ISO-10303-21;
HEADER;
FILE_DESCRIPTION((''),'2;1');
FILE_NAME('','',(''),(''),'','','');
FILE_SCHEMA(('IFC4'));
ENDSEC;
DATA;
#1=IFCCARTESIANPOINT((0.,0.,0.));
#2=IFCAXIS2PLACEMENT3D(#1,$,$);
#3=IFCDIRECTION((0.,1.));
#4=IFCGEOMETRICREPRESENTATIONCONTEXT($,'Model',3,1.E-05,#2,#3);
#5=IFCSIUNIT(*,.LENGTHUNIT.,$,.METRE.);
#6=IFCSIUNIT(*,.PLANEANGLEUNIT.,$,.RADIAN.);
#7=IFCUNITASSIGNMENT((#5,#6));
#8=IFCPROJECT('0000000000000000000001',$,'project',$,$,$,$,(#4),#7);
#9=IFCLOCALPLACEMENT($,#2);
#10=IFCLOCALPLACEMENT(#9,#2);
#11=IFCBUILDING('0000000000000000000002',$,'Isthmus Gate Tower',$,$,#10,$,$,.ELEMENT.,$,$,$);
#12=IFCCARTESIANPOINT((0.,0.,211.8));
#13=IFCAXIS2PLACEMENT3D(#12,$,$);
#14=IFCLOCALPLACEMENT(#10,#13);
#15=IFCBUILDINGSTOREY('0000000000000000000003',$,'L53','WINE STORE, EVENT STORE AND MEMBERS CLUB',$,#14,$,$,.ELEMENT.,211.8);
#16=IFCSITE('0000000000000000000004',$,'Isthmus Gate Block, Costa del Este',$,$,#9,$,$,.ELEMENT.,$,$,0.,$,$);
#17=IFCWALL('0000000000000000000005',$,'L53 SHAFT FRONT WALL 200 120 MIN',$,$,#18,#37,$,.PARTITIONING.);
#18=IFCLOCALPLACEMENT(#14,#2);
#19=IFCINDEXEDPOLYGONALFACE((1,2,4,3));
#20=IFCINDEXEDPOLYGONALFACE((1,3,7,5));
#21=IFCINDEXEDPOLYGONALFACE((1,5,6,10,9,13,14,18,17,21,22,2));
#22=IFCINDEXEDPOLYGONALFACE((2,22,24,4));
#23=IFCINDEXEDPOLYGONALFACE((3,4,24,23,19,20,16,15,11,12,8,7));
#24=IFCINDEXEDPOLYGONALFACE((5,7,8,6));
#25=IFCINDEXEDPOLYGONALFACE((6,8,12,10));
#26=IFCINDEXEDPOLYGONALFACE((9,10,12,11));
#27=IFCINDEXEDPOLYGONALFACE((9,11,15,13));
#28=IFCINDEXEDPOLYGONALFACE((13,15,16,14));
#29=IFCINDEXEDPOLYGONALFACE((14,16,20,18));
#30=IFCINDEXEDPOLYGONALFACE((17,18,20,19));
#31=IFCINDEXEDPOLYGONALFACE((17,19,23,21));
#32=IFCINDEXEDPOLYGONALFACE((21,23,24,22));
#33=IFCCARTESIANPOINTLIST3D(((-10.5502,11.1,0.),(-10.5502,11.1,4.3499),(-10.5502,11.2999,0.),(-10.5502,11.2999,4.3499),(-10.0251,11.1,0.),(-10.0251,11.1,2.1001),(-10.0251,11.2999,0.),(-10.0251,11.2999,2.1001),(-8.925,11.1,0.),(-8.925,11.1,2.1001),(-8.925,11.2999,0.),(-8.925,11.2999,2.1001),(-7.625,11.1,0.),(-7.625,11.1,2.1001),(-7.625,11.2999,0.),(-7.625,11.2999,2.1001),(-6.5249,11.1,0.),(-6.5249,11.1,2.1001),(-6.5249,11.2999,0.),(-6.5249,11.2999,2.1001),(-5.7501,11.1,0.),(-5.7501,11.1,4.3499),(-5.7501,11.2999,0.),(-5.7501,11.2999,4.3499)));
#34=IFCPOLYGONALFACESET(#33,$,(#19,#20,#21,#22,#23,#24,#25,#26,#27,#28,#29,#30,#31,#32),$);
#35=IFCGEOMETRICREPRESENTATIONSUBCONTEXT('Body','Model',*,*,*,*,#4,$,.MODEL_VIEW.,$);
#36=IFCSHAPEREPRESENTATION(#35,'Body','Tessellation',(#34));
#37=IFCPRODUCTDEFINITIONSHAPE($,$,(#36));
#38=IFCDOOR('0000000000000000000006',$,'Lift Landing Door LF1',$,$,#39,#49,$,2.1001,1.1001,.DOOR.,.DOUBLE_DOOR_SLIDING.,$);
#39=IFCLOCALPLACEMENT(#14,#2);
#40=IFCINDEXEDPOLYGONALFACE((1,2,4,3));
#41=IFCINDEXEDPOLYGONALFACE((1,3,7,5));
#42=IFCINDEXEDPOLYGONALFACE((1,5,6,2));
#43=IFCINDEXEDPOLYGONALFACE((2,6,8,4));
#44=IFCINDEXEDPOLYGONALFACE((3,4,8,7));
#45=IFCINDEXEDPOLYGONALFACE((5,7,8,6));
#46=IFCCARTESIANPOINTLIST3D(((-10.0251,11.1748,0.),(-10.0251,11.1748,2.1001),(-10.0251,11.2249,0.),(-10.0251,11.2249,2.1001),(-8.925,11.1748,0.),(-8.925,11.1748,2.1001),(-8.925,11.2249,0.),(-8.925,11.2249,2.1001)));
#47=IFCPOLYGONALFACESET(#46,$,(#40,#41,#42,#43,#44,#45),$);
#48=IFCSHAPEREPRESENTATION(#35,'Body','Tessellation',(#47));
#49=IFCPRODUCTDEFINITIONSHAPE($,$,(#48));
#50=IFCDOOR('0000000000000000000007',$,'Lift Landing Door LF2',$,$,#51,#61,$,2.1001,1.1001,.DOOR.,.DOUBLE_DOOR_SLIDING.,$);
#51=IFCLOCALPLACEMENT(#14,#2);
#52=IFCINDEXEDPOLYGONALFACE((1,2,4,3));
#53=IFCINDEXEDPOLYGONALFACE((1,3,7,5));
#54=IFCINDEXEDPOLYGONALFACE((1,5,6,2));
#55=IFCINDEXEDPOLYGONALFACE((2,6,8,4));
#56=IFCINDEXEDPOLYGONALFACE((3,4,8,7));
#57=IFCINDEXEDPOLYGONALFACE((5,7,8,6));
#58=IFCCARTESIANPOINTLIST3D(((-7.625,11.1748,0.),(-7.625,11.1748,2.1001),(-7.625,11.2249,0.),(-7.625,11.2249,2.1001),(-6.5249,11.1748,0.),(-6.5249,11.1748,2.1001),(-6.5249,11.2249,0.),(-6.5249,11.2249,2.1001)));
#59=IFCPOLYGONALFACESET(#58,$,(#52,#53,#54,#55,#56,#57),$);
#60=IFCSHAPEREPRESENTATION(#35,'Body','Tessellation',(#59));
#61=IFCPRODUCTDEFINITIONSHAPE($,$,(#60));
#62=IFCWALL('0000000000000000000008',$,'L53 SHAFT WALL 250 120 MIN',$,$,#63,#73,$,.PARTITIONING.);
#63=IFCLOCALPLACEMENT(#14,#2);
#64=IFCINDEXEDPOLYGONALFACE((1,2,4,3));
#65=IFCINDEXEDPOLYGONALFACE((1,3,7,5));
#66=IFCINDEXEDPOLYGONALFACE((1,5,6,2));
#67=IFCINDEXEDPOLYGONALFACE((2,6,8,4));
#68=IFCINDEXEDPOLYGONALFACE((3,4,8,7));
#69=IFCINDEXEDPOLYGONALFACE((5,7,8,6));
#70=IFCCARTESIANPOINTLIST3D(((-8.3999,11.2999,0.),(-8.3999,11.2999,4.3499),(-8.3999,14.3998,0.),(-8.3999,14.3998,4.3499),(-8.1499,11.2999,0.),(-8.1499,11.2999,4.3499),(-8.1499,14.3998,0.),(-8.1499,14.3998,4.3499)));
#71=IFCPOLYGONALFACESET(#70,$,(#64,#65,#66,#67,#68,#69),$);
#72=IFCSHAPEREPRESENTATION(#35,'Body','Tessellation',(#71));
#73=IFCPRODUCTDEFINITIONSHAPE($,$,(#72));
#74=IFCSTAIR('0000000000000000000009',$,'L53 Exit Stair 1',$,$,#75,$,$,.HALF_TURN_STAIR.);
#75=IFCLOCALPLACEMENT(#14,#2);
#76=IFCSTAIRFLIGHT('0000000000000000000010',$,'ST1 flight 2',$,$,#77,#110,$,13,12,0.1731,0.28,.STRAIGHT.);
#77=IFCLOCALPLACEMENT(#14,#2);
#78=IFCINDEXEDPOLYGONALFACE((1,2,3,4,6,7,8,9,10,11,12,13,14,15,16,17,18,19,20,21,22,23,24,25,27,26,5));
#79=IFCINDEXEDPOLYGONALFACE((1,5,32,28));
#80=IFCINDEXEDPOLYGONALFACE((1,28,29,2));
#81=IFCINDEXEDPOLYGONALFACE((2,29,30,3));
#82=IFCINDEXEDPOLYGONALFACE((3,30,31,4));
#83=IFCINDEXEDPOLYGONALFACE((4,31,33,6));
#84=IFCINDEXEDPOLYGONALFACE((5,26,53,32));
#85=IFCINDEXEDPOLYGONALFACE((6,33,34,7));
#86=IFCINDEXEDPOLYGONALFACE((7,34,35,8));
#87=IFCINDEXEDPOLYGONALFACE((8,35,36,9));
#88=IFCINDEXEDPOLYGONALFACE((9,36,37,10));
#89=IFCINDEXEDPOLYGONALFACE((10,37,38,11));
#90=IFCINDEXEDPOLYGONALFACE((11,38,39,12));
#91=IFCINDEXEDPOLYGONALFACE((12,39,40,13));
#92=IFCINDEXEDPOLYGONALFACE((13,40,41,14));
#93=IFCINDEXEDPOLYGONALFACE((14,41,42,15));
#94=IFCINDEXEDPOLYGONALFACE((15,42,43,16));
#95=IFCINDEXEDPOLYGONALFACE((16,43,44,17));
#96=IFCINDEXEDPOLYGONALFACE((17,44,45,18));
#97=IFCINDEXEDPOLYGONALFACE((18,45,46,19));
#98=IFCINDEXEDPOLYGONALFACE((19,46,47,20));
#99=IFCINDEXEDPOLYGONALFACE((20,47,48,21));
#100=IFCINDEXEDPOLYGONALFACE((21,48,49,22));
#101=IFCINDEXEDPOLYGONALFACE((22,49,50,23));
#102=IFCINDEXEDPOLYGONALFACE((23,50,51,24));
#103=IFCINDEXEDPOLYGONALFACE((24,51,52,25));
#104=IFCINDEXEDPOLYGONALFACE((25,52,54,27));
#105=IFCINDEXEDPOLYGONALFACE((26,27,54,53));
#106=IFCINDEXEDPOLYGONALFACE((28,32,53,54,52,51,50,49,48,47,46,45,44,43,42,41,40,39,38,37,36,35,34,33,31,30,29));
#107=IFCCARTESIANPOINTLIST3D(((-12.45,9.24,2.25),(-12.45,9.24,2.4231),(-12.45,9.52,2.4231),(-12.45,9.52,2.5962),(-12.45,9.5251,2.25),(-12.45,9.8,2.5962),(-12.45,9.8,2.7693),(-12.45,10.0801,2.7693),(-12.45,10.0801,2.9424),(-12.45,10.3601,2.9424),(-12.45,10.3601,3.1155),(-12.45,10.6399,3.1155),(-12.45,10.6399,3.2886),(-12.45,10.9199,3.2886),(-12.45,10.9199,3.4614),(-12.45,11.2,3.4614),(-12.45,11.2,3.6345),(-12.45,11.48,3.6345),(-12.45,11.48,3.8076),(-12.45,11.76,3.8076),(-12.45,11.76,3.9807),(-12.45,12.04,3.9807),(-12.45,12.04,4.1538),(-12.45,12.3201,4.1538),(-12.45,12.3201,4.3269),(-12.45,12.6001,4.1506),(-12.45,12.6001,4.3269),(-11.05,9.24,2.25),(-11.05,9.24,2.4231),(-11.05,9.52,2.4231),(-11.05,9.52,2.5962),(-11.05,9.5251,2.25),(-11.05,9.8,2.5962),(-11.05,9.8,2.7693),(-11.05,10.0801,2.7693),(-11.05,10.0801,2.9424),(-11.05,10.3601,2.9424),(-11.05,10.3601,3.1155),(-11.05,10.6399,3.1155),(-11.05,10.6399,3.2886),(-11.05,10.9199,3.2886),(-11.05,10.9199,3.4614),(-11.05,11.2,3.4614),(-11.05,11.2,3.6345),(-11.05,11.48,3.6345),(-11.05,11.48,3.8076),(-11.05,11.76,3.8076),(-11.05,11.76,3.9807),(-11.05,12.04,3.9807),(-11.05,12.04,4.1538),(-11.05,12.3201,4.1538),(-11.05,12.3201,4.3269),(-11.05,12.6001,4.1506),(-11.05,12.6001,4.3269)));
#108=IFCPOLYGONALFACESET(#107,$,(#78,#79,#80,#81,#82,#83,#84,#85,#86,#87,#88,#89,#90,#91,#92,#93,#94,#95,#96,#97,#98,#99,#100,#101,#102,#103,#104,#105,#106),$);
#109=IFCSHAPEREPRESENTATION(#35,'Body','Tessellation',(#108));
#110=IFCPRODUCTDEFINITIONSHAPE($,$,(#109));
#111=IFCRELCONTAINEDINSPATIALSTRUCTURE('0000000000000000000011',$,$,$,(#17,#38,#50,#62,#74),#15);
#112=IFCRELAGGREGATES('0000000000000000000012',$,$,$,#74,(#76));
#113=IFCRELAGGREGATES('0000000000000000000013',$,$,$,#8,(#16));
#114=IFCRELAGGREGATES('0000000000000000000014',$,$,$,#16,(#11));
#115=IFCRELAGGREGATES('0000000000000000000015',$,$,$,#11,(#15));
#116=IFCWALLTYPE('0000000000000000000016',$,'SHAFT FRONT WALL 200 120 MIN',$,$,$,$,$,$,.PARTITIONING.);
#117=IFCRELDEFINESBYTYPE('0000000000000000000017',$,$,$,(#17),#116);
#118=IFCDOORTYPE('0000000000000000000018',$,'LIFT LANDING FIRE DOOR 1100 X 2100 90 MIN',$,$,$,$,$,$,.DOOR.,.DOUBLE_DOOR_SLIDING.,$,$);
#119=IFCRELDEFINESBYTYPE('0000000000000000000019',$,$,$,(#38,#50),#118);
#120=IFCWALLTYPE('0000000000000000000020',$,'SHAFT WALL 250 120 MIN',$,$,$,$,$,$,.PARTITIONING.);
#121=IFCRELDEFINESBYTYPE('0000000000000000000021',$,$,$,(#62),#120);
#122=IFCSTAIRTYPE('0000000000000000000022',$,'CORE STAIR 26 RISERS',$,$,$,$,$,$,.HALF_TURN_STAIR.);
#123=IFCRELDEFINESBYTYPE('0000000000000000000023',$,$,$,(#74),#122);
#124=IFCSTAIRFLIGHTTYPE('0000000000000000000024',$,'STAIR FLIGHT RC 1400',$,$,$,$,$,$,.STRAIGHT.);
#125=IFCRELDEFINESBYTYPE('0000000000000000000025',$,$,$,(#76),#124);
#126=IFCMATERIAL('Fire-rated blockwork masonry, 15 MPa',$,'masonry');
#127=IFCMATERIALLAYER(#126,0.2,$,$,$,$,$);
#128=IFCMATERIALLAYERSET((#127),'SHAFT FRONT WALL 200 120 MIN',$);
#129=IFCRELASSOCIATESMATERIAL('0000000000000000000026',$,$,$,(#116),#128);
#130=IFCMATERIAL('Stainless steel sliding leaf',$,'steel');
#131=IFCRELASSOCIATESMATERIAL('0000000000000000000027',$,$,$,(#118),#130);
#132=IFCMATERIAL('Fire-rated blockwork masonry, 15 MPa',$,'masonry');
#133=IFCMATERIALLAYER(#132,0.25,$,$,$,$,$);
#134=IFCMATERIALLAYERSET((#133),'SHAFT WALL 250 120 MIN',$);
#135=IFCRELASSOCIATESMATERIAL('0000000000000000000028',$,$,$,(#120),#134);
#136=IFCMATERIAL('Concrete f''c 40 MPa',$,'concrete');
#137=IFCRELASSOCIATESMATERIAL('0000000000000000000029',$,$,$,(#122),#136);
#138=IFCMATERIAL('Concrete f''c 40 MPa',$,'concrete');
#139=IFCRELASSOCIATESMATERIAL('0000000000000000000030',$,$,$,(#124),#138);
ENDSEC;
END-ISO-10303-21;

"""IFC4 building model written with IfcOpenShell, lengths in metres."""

from ifc_helpers import new_model, si_unit, direction, frame, frame_2d, origin, place, context, subcontext, project, spatial, polyline, rectangle, outline, extrude, material, layer, layer_set, type_object, element, fill, aggregate, save


model = new_model("IFC4")

# Units and contexts
model_context = context("Model", 3, precision=1e-05, world=origin(), true_north=direction((0.0, 1.0)))
body_context = subcontext(model_context, "Body", "Model", "MODEL_VIEW")
ifc_project = project(units=[si_unit("LENGTHUNIT", "METRE"), si_unit("PLANEANGLEUNIT", "RADIAN")], contexts=[model_context])

# Site, building, storey
site_placement = place(None, origin())
site = spatial("IfcSite", under=ifc_project, at=site_placement, Name="Isthmus Gate Block, Costa del Este", CompositionType="ELEMENT", RefElevation=0.0)
building_placement = place(site_placement, origin())
building = spatial("IfcBuilding", under=site, at=building_placement, Name="Isthmus Gate Tower", CompositionType="ELEMENT")
storey_placement = place(building_placement, frame((0.0, 0.0, 211.8)))
storey = spatial("IfcBuildingStorey", under=building, at=storey_placement, Name="L53", Description="WINE STORE, EVENT STORE AND MEMBERS CLUB", CompositionType="ELEMENT", Elevation=211.8)

# Wall, openings, doors
ifc_material_1 = material(Name="Fire-rated blockwork masonry, 15 MPa", Category="masonry")
ifc_layer_1 = layer(ifc_material_1, 0.2)
ifc_layer_set_1 = layer_set([ifc_layer_1], Name="SHAFT FRONT WALL 200 120 MIN")
wall_type_1 = type_object("IfcWallType", Name="SHAFT FRONT WALL 200 120 MIN", PredefinedType="PARTITIONING", material=ifc_layer_set_1)
wall_1_placement = place(storey_placement, frame((-10.55, 11.2, 0.0), z_axis=(0.0, 0.0, 1.0), x_axis=(1.0, 0.0, 0.0)))
wall_1 = element("IfcWall", 1, at=wall_1_placement, inside=storey, type_object=wall_type_1, Name="L53 SHAFT FRONT WALL 200 120 MIN", PredefinedType="PARTITIONING", context=body_context, shape_type="SweptSolid", body=[
    extrude(rectangle(XDim=4.8, YDim=0.2, at=frame_2d((2.3999, 0.0))), origin(), (0.0, 0.0, 1.0), 4.3499),
])
opening_1_placement = place(wall_1_placement, frame((0.5249, 0.0, 0.0)))
opening_1 = element("IfcOpeningElement", 2, at=opening_1_placement, cuts=wall_1, PredefinedType="OPENING", context=body_context, shape_type="SweptSolid", body=[
    extrude(rectangle(XDim=1.1001, YDim=2.1001, at=frame_2d((0.55, 1.05))), frame((0.0, 0.1099, 0.0), z_axis=(0.0, -1.0, 0.0), x_axis=(1.0, 0.0, 0.0)), (0.0, 0.0, 1.0), 0.22),
])
opening_2_placement = place(wall_1_placement, frame((2.925, 0.0, 0.0)))
opening_2 = element("IfcOpeningElement", 3, at=opening_2_placement, cuts=wall_1, PredefinedType="OPENING", context=body_context, shape_type="SweptSolid", body=[
    extrude(rectangle(XDim=1.1001, YDim=2.1001, at=frame_2d((0.55, 1.05))), frame((0.0, 0.1099, 0.0), z_axis=(0.0, -1.0, 0.0), x_axis=(1.0, 0.0, 0.0)), (0.0, 0.0, 1.0), 0.22),
])
ifc_material_2 = material(Name="Stainless steel sliding leaf", Category="steel")
door_type = type_object("IfcDoorType", Name="LIFT LANDING FIRE DOOR 1100 X 2100 90 MIN", OperationType="DOUBLE_DOOR_SLIDING", PredefinedType="DOOR", material=ifc_material_2)
door_1_placement = place(opening_1_placement, origin())
door_1 = element("IfcDoor", 4, at=door_1_placement, inside=storey, type_object=door_type, Name="Lift Landing Door LF1", OperationType="DOUBLE_DOOR_SLIDING", OverallHeight=2.1001, OverallWidth=1.1001, PredefinedType="DOOR", context=body_context, shape_type="SweptSolid", body=[
    extrude(rectangle(XDim=1.1001, YDim=2.1001, at=frame_2d((0.55, 1.05))), frame((0.0, 0.0249, 0.0), z_axis=(0.0, -1.0, 0.0), x_axis=(1.0, 0.0, 0.0)), (0.0, 0.0, 1.0), 0.05),
])
fill(opening_1, door_1)
door_2_placement = place(opening_2_placement, origin())
door_2 = element("IfcDoor", 5, at=door_2_placement, inside=storey, type_object=door_type, Name="Lift Landing Door LF2", OperationType="DOUBLE_DOOR_SLIDING", OverallHeight=2.1001, OverallWidth=1.1001, PredefinedType="DOOR", context=body_context, shape_type="SweptSolid", body=[
    extrude(rectangle(XDim=1.1001, YDim=2.1001, at=frame_2d((0.55, 1.05))), frame((0.0, 0.0249, 0.0), z_axis=(0.0, -1.0, 0.0), x_axis=(1.0, 0.0, 0.0)), (0.0, 0.0, 1.0), 0.05),
])
fill(opening_2, door_2)

# Wall
ifc_material_3 = material(Name="Fire-rated blockwork masonry, 15 MPa", Category="masonry")
ifc_layer_2 = layer(ifc_material_3, 0.25)
ifc_layer_set_2 = layer_set([ifc_layer_2], Name="SHAFT WALL 250 120 MIN")
wall_type_2 = type_object("IfcWallType", Name="SHAFT WALL 250 120 MIN", PredefinedType="PARTITIONING", material=ifc_layer_set_2)
wall_2_placement = place(storey_placement, frame((-8.2749, 11.3, 0.0), z_axis=(0.0, 0.0, 1.0), x_axis=(0.0, 1.0, 0.0)))
element("IfcWall", 6, at=wall_2_placement, inside=storey, type_object=wall_type_2, Name="L53 SHAFT WALL 250 120 MIN", PredefinedType="PARTITIONING", context=body_context, shape_type="SweptSolid", body=[
    extrude(rectangle(XDim=3.0999, YDim=0.25, at=frame_2d((1.5498, 0.0))), origin(), (0.0, 0.0, 1.0), 4.3499),
])

# Stair, stair flight
ifc_material_4 = material(Name="Concrete f'c 40 MPa", Category="concrete")
stair_type = type_object("IfcStairType", Name="CORE STAIR 26 RISERS", PredefinedType="HALF_TURN_STAIR", material=ifc_material_4)
stair_placement = place(storey_placement, origin())
stair = element("IfcStair", 7, at=stair_placement, inside=storey, type_object=stair_type, Name="L53 Exit Stair 1", PredefinedType="HALF_TURN_STAIR")
ifc_material_5 = material(Name="Concrete f'c 40 MPa", Category="concrete")
stair_flight_type = type_object("IfcStairFlightType", Name="STAIR FLIGHT RC 1400", PredefinedType="STRAIGHT", material=ifc_material_5)
stair_flight_placement = place(storey_placement, frame((-11.75, 9.24, 2.25), z_axis=(0.0, 0.0, 1.0), x_axis=(0.0, 1.0, 0.0)))
stair_flight = element("IfcStairFlight", 8, at=stair_flight_placement, type_object=stair_flight_type, Name="ST1 flight 2", NumberOfRisers=13, NumberOfTreads=12, PredefinedType="STRAIGHT", RiserHeight=0.1731, TreadLength=0.28, context=body_context, shape_type="SweptSolid", body=[
    extrude(outline(polyline([(0.0, 0.0), (0.0, 0.1731), (0.28, 0.1731), (0.28, 0.3462), (0.5601, 0.3462), (0.5601, 0.5193), (0.8401, 0.5193), (0.8401, 0.6924), (1.1201, 0.6924), (1.1201, 0.8655), (1.3999, 0.8655), (1.3999, 1.0386), (1.6799, 1.0386), (1.6799, 1.2114), (1.96, 1.2114), (1.96, 1.3845), (2.24, 1.3845), (2.24, 1.5576), (2.52, 1.5576), (2.52, 1.7307), (2.8, 1.7307), (2.8, 1.9038), (3.0801, 1.9038), (3.0801, 2.0769), (3.3601, 2.0769), (3.3601, 2.25), (3.3601, 1.9006), (0.2852, 0.0), (0.0, 0.0)])), frame((0.0, 0.7, 0.0), z_axis=(0.0, -1.0, 0.0), x_axis=(1.0, 0.0, 0.0)), (0.0, 0.0, 1.0), 1.3999),
])
aggregate(stair, [stair_flight])

save(model, "model.ifc")
